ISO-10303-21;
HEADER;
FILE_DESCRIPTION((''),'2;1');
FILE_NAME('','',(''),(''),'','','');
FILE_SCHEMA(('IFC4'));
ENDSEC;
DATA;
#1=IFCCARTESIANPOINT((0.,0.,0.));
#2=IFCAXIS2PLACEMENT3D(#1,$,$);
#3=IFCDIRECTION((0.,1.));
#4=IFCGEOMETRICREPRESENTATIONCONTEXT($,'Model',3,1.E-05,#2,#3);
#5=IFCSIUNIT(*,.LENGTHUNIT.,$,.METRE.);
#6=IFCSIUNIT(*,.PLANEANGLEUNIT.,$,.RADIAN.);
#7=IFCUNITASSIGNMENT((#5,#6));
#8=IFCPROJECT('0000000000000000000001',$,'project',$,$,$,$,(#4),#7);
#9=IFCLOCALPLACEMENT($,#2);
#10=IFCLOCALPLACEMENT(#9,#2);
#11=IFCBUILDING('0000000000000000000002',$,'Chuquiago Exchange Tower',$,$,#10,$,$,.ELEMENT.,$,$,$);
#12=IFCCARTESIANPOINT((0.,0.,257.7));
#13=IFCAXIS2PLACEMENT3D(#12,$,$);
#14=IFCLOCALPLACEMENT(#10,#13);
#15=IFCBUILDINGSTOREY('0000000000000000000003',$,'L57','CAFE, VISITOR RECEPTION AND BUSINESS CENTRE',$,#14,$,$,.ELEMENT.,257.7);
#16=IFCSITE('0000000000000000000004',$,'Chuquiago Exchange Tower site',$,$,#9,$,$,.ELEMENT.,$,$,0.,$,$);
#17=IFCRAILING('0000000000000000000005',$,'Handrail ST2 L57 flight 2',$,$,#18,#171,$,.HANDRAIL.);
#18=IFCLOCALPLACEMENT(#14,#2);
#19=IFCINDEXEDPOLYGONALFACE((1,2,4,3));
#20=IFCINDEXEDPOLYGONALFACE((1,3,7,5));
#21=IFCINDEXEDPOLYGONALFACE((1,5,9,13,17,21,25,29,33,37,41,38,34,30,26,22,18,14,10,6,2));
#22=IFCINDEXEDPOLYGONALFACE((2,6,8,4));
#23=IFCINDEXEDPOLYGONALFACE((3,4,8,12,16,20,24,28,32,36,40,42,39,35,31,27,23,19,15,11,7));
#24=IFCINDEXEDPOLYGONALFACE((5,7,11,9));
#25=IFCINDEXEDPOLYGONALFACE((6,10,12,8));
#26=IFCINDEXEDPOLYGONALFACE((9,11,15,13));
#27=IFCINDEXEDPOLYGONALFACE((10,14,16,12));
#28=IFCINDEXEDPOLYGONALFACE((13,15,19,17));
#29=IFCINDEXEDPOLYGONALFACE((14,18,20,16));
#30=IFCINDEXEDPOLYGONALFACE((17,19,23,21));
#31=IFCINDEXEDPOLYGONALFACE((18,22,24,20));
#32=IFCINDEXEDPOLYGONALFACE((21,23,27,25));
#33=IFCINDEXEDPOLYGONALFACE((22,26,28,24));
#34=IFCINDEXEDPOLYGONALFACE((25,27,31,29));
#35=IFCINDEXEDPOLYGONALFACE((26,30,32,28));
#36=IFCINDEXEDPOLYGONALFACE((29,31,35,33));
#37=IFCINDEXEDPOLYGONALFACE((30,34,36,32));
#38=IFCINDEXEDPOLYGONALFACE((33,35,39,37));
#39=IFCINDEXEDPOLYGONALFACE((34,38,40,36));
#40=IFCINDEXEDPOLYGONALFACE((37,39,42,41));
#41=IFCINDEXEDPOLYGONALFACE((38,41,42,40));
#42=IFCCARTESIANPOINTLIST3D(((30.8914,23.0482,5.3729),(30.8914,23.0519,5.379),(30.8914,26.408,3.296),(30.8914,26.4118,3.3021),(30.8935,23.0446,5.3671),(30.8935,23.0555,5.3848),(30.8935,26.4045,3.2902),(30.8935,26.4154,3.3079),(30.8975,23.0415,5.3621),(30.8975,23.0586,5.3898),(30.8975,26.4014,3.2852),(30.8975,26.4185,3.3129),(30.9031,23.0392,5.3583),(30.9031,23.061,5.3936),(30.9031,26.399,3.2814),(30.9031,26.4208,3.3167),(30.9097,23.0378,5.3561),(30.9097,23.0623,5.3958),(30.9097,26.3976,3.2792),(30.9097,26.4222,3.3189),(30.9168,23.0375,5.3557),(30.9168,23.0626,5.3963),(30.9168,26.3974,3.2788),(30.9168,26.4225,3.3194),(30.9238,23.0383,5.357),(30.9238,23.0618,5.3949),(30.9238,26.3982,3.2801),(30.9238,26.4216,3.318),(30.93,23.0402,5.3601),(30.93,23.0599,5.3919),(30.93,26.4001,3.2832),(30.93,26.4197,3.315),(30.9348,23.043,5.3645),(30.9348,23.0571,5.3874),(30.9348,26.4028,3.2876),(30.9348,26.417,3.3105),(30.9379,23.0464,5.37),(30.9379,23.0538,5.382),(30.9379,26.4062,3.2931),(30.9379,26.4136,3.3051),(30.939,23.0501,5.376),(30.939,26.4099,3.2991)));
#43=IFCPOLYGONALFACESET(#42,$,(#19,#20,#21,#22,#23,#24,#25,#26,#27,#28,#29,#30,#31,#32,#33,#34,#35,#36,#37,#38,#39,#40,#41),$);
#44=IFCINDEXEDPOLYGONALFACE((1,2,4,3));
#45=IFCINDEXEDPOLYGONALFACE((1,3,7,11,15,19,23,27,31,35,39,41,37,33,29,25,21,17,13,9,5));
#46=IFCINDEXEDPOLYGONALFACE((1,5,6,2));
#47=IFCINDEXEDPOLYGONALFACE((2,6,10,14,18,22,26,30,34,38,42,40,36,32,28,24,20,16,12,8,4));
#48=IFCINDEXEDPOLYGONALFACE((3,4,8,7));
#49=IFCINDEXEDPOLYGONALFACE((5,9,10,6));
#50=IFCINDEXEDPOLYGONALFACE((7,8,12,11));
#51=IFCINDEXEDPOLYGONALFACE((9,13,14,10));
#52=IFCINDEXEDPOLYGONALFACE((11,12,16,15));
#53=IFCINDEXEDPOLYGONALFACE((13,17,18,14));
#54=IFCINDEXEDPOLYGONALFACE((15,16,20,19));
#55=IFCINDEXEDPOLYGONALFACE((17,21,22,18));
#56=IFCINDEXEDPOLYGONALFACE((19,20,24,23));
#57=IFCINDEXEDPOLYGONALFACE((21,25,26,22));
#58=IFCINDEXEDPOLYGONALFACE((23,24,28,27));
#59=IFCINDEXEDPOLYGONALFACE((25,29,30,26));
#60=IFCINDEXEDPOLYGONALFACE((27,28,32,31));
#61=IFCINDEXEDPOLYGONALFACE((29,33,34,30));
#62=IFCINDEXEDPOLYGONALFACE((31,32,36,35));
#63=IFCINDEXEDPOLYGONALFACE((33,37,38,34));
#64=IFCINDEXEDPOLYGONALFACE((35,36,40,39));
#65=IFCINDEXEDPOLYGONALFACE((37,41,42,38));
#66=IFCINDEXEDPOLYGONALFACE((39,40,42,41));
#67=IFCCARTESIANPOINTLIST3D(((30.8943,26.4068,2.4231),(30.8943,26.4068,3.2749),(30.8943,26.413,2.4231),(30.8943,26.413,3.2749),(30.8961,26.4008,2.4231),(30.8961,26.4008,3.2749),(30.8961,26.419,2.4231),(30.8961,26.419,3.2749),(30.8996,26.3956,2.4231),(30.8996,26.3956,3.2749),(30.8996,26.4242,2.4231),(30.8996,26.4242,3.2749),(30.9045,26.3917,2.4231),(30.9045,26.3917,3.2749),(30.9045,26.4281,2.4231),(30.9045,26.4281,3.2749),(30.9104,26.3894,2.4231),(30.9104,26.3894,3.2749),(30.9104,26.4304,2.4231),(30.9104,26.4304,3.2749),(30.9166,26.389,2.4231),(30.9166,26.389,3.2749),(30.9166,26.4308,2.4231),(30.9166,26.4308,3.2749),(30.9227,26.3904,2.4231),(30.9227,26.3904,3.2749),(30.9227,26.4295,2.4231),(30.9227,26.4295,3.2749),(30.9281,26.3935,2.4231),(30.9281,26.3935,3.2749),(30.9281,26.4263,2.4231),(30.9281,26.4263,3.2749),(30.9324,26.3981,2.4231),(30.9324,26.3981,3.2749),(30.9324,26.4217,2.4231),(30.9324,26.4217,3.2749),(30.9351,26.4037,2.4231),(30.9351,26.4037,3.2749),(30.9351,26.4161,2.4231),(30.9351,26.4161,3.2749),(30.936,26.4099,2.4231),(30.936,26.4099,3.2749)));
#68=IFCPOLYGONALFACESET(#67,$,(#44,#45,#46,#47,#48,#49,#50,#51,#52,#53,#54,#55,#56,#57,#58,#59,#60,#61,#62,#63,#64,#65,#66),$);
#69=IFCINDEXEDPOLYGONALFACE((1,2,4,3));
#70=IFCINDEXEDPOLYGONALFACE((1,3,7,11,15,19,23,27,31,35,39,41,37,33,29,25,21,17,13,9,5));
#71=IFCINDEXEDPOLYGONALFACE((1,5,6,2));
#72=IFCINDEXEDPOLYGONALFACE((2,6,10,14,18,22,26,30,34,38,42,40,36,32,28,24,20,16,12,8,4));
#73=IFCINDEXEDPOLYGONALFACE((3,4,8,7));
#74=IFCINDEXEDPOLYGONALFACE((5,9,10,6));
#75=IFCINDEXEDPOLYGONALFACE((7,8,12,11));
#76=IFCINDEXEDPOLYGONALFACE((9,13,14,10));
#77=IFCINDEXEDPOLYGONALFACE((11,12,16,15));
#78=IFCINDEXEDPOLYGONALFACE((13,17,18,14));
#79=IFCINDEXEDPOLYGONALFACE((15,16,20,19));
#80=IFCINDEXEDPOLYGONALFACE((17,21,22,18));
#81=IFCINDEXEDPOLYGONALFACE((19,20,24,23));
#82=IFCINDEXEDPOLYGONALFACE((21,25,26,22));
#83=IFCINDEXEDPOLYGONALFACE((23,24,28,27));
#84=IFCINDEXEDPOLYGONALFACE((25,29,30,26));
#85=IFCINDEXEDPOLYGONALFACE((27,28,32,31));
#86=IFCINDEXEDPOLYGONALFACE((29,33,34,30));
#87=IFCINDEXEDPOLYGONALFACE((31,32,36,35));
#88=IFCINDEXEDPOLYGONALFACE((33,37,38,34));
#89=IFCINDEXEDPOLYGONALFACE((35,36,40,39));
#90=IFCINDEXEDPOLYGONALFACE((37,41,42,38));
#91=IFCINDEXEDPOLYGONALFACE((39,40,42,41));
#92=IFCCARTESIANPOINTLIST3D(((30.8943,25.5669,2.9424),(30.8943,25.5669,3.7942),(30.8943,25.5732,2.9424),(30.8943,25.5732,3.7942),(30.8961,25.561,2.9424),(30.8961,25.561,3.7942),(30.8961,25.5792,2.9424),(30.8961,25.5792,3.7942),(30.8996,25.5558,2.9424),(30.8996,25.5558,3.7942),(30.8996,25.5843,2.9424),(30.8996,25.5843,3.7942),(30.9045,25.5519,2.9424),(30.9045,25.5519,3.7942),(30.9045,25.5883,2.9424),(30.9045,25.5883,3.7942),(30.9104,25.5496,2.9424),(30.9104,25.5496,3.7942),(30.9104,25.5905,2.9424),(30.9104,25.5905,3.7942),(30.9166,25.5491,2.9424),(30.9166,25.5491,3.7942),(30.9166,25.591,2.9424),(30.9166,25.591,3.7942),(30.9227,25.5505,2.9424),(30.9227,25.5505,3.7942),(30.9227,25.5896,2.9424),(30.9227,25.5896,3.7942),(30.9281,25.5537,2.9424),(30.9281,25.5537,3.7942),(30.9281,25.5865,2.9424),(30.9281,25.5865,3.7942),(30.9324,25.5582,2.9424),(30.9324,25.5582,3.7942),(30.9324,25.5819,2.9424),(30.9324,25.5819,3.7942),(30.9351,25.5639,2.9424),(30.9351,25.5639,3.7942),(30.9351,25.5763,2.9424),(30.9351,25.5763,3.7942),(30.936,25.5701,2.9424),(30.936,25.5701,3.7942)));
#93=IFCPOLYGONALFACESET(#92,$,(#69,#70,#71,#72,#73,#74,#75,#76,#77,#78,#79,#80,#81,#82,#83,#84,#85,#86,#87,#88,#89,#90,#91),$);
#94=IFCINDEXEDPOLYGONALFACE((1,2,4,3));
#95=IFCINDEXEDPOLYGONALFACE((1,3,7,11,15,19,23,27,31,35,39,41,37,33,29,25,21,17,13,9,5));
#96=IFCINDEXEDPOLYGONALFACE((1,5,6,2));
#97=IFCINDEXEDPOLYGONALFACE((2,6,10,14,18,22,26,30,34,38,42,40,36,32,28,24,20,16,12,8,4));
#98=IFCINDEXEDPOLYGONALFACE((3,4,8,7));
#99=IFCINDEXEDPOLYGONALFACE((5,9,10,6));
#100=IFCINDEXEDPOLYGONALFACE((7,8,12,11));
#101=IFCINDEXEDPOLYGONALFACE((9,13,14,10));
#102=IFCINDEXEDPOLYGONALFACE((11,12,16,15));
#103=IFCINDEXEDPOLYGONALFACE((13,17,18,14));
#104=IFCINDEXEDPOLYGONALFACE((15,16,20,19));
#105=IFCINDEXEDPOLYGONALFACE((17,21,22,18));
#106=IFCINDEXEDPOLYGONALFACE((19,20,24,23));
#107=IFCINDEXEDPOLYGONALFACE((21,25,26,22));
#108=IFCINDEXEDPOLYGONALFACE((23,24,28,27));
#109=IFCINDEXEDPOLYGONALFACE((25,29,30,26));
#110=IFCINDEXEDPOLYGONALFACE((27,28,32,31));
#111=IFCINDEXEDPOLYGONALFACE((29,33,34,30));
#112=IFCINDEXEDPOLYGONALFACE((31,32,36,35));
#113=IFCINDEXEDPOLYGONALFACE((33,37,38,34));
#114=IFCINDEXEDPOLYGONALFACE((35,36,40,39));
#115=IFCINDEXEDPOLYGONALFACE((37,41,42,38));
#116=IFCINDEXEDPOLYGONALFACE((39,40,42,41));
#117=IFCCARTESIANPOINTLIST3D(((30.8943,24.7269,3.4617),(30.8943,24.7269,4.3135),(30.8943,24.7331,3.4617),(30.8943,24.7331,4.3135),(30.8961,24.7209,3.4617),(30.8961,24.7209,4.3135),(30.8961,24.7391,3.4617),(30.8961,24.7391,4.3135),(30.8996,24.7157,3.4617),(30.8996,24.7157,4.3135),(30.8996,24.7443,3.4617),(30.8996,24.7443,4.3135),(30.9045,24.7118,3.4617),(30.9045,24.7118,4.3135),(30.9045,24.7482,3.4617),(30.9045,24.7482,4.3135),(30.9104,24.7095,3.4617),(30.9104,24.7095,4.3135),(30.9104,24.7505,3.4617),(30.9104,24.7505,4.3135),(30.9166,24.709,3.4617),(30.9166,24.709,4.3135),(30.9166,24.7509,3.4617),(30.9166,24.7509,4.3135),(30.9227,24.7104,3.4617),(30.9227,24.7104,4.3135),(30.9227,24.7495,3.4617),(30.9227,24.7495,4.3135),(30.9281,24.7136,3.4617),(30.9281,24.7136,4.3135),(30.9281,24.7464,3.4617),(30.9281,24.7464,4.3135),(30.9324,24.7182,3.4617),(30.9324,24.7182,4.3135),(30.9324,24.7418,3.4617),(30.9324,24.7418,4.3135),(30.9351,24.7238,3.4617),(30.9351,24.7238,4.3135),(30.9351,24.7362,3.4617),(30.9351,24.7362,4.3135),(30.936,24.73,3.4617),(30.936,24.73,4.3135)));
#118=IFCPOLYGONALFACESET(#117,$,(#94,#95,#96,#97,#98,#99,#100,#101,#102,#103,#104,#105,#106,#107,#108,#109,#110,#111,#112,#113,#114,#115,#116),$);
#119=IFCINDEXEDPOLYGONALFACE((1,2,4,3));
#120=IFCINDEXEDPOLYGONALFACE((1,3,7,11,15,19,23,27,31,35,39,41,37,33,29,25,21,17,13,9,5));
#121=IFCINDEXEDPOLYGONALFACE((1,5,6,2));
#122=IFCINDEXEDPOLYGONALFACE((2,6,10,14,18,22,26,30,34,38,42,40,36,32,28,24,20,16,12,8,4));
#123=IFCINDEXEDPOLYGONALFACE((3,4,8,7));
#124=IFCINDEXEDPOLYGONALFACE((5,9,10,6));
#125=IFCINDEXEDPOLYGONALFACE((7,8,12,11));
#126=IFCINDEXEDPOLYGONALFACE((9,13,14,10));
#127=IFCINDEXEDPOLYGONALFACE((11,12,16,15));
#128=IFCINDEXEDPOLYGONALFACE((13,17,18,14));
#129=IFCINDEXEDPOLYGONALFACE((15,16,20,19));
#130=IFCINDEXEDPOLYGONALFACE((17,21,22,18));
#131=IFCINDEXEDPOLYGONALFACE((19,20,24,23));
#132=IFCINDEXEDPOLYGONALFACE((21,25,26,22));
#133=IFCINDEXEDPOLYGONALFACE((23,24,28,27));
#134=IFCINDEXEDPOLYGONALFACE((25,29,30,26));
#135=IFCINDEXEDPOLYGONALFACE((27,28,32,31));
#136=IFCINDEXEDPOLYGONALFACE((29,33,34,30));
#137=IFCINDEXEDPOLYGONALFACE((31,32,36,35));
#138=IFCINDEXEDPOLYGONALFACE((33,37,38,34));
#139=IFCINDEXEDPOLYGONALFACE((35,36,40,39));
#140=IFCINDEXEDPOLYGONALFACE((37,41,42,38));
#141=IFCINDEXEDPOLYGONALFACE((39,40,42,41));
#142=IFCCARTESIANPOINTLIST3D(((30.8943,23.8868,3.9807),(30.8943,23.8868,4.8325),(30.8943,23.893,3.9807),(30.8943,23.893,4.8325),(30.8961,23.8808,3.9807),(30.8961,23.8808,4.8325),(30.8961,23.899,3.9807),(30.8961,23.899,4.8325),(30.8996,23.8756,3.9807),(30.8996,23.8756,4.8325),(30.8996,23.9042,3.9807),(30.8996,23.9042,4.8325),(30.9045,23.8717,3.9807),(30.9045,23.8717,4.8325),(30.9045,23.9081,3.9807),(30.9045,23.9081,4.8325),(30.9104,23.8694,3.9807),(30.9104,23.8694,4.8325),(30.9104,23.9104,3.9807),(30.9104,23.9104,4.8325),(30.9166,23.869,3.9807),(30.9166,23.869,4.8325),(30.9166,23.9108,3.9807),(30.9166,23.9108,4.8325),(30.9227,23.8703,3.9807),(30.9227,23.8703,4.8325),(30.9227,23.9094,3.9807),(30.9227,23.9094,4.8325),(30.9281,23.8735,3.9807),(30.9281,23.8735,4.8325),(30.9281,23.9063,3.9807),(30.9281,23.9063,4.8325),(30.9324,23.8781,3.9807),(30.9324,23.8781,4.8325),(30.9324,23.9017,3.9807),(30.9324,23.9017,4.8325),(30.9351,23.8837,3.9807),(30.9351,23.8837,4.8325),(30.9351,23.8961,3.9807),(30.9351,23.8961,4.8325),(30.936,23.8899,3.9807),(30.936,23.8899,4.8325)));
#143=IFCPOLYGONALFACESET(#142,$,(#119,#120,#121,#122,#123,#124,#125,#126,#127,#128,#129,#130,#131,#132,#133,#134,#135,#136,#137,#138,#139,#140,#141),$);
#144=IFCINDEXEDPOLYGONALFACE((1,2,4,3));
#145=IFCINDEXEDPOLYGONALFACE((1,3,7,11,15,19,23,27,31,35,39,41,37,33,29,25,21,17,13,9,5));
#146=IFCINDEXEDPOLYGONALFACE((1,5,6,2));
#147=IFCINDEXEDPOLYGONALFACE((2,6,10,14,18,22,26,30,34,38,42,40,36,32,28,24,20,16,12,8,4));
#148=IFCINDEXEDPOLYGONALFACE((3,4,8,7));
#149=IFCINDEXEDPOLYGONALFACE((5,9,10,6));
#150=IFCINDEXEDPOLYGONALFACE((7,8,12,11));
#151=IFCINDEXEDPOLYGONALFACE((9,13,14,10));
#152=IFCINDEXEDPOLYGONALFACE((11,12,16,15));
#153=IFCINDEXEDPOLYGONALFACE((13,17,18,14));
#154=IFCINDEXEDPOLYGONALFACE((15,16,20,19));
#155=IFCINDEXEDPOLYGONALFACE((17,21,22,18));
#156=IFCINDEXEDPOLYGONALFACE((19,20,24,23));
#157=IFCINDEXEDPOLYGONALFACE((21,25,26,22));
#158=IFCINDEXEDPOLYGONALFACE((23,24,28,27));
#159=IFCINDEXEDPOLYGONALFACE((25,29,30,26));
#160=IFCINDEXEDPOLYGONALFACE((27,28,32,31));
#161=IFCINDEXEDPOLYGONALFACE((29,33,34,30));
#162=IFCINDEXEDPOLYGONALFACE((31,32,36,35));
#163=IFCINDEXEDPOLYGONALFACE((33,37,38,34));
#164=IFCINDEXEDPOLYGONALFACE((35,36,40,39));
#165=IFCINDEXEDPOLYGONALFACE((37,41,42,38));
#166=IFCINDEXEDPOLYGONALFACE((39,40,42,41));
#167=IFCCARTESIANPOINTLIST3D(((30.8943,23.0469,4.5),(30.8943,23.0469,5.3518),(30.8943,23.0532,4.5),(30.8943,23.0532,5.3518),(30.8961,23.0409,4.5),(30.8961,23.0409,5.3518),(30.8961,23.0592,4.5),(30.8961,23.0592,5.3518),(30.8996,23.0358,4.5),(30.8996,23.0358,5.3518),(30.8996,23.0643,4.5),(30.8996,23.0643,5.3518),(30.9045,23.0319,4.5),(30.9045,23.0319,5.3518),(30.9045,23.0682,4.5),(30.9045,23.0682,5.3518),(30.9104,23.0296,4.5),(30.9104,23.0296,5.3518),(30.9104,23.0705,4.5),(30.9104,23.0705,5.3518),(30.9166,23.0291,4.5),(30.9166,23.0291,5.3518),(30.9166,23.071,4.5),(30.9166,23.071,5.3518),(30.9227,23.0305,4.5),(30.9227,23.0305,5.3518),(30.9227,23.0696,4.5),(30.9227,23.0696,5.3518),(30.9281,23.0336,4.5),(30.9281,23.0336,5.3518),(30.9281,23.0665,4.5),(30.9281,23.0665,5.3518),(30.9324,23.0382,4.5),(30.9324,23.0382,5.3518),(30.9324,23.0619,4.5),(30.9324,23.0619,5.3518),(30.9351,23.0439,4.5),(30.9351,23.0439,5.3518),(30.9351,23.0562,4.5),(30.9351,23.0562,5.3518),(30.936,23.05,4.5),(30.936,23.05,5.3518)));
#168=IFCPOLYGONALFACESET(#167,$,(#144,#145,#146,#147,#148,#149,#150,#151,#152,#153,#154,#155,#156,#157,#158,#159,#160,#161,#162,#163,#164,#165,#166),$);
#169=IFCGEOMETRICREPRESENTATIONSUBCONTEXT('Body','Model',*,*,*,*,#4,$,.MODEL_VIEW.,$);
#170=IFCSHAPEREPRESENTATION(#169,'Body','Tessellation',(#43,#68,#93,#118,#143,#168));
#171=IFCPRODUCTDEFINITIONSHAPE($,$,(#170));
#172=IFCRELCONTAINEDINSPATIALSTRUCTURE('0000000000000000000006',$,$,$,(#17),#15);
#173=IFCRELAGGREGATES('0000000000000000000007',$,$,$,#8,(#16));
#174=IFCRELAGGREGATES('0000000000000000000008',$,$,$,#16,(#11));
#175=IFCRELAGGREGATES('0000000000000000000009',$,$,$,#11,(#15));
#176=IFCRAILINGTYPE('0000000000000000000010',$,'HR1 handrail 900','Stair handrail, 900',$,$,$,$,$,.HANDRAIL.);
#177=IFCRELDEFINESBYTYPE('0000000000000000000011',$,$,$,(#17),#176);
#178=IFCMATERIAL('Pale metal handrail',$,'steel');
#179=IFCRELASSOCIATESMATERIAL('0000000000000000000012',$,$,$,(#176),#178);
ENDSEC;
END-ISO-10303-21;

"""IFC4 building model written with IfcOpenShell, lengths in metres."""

from ifc_helpers import new_model, si_unit, direction, frame, origin, origin_2d, place, context, subcontext, project, spatial, circle, extrude, material, type_object, element, save


model = new_model("IFC4")

# Units and contexts
model_context = context("Model", 3, precision=1e-05, world=origin(), true_north=direction((0.0, 1.0)))
body_context = subcontext(model_context, "Body", "Model", "MODEL_VIEW")
ifc_project = project(units=[si_unit("LENGTHUNIT", "METRE"), si_unit("PLANEANGLEUNIT", "RADIAN")], contexts=[model_context])

# Site, building, storey
site_placement = place(None, origin())
site = spatial("IfcSite", under=ifc_project, at=site_placement, Name="Chuquiago Exchange Tower site", CompositionType="ELEMENT", RefElevation=0.0)
building_placement = place(site_placement, origin())
building = spatial("IfcBuilding", under=site, at=building_placement, Name="Chuquiago Exchange Tower", CompositionType="ELEMENT")
storey_placement = place(building_placement, frame((0.0, 0.0, 257.7)))
storey = spatial("IfcBuildingStorey", under=building, at=storey_placement, Name="L57", Description="CAFE, VISITOR RECEPTION AND BUSINESS CENTRE", CompositionType="ELEMENT", Elevation=257.7)

# Railing
ifc_material_1 = material(Name="Pale metal handrail", Category="steel")
railing_type_1 = type_object("IfcRailingType", Name="HR1 handrail 900", Description="Stair handrail, 900", PredefinedType="HANDRAIL", material=ifc_material_1)
for number, where, name in (
    (1, (30.915, 26.4099, 2.4231), "Handrail ST2 L57 flight 2"),
):
    element("IfcRailing", number, at=place(storey_placement, frame(where)), inside=storey, type_object=railing_type_1, Name=name, PredefinedType="HANDRAIL", context=body_context, shape_type="SweptSolid", body=[
        extrude(circle(Radius=0.0239, at=origin_2d()), frame((0.0, 0.0, 0.876), z_axis=(0.0, -0.850606, 0.525803), x_axis=(1.0, 0.0, 0.0)), (0.0, 0.0, 1.0), 3.95),
        extrude(circle(Radius=0.021, at=origin_2d()), origin(), (0.0, 0.0, 1.0), 0.8518),
        extrude(circle(Radius=0.021, at=origin_2d()), frame((0.0, -0.8398, 0.5193)), (0.0, 0.0, 1.0), 0.8518),
        extrude(circle(Radius=0.021, at=origin_2d()), frame((0.0, -1.6799, 1.0386)), (0.0, 0.0, 1.0), 0.8518),
        extrude(circle(Radius=0.021, at=origin_2d()), frame((0.0, -2.52, 1.5576)), (0.0, 0.0, 1.0), 0.8518),
        extrude(circle(Radius=0.021, at=origin_2d()), frame((0.0, -3.3599, 2.0769)), (0.0, 0.0, 1.0), 0.8518),
    ])

save(model, "model.ifc")
